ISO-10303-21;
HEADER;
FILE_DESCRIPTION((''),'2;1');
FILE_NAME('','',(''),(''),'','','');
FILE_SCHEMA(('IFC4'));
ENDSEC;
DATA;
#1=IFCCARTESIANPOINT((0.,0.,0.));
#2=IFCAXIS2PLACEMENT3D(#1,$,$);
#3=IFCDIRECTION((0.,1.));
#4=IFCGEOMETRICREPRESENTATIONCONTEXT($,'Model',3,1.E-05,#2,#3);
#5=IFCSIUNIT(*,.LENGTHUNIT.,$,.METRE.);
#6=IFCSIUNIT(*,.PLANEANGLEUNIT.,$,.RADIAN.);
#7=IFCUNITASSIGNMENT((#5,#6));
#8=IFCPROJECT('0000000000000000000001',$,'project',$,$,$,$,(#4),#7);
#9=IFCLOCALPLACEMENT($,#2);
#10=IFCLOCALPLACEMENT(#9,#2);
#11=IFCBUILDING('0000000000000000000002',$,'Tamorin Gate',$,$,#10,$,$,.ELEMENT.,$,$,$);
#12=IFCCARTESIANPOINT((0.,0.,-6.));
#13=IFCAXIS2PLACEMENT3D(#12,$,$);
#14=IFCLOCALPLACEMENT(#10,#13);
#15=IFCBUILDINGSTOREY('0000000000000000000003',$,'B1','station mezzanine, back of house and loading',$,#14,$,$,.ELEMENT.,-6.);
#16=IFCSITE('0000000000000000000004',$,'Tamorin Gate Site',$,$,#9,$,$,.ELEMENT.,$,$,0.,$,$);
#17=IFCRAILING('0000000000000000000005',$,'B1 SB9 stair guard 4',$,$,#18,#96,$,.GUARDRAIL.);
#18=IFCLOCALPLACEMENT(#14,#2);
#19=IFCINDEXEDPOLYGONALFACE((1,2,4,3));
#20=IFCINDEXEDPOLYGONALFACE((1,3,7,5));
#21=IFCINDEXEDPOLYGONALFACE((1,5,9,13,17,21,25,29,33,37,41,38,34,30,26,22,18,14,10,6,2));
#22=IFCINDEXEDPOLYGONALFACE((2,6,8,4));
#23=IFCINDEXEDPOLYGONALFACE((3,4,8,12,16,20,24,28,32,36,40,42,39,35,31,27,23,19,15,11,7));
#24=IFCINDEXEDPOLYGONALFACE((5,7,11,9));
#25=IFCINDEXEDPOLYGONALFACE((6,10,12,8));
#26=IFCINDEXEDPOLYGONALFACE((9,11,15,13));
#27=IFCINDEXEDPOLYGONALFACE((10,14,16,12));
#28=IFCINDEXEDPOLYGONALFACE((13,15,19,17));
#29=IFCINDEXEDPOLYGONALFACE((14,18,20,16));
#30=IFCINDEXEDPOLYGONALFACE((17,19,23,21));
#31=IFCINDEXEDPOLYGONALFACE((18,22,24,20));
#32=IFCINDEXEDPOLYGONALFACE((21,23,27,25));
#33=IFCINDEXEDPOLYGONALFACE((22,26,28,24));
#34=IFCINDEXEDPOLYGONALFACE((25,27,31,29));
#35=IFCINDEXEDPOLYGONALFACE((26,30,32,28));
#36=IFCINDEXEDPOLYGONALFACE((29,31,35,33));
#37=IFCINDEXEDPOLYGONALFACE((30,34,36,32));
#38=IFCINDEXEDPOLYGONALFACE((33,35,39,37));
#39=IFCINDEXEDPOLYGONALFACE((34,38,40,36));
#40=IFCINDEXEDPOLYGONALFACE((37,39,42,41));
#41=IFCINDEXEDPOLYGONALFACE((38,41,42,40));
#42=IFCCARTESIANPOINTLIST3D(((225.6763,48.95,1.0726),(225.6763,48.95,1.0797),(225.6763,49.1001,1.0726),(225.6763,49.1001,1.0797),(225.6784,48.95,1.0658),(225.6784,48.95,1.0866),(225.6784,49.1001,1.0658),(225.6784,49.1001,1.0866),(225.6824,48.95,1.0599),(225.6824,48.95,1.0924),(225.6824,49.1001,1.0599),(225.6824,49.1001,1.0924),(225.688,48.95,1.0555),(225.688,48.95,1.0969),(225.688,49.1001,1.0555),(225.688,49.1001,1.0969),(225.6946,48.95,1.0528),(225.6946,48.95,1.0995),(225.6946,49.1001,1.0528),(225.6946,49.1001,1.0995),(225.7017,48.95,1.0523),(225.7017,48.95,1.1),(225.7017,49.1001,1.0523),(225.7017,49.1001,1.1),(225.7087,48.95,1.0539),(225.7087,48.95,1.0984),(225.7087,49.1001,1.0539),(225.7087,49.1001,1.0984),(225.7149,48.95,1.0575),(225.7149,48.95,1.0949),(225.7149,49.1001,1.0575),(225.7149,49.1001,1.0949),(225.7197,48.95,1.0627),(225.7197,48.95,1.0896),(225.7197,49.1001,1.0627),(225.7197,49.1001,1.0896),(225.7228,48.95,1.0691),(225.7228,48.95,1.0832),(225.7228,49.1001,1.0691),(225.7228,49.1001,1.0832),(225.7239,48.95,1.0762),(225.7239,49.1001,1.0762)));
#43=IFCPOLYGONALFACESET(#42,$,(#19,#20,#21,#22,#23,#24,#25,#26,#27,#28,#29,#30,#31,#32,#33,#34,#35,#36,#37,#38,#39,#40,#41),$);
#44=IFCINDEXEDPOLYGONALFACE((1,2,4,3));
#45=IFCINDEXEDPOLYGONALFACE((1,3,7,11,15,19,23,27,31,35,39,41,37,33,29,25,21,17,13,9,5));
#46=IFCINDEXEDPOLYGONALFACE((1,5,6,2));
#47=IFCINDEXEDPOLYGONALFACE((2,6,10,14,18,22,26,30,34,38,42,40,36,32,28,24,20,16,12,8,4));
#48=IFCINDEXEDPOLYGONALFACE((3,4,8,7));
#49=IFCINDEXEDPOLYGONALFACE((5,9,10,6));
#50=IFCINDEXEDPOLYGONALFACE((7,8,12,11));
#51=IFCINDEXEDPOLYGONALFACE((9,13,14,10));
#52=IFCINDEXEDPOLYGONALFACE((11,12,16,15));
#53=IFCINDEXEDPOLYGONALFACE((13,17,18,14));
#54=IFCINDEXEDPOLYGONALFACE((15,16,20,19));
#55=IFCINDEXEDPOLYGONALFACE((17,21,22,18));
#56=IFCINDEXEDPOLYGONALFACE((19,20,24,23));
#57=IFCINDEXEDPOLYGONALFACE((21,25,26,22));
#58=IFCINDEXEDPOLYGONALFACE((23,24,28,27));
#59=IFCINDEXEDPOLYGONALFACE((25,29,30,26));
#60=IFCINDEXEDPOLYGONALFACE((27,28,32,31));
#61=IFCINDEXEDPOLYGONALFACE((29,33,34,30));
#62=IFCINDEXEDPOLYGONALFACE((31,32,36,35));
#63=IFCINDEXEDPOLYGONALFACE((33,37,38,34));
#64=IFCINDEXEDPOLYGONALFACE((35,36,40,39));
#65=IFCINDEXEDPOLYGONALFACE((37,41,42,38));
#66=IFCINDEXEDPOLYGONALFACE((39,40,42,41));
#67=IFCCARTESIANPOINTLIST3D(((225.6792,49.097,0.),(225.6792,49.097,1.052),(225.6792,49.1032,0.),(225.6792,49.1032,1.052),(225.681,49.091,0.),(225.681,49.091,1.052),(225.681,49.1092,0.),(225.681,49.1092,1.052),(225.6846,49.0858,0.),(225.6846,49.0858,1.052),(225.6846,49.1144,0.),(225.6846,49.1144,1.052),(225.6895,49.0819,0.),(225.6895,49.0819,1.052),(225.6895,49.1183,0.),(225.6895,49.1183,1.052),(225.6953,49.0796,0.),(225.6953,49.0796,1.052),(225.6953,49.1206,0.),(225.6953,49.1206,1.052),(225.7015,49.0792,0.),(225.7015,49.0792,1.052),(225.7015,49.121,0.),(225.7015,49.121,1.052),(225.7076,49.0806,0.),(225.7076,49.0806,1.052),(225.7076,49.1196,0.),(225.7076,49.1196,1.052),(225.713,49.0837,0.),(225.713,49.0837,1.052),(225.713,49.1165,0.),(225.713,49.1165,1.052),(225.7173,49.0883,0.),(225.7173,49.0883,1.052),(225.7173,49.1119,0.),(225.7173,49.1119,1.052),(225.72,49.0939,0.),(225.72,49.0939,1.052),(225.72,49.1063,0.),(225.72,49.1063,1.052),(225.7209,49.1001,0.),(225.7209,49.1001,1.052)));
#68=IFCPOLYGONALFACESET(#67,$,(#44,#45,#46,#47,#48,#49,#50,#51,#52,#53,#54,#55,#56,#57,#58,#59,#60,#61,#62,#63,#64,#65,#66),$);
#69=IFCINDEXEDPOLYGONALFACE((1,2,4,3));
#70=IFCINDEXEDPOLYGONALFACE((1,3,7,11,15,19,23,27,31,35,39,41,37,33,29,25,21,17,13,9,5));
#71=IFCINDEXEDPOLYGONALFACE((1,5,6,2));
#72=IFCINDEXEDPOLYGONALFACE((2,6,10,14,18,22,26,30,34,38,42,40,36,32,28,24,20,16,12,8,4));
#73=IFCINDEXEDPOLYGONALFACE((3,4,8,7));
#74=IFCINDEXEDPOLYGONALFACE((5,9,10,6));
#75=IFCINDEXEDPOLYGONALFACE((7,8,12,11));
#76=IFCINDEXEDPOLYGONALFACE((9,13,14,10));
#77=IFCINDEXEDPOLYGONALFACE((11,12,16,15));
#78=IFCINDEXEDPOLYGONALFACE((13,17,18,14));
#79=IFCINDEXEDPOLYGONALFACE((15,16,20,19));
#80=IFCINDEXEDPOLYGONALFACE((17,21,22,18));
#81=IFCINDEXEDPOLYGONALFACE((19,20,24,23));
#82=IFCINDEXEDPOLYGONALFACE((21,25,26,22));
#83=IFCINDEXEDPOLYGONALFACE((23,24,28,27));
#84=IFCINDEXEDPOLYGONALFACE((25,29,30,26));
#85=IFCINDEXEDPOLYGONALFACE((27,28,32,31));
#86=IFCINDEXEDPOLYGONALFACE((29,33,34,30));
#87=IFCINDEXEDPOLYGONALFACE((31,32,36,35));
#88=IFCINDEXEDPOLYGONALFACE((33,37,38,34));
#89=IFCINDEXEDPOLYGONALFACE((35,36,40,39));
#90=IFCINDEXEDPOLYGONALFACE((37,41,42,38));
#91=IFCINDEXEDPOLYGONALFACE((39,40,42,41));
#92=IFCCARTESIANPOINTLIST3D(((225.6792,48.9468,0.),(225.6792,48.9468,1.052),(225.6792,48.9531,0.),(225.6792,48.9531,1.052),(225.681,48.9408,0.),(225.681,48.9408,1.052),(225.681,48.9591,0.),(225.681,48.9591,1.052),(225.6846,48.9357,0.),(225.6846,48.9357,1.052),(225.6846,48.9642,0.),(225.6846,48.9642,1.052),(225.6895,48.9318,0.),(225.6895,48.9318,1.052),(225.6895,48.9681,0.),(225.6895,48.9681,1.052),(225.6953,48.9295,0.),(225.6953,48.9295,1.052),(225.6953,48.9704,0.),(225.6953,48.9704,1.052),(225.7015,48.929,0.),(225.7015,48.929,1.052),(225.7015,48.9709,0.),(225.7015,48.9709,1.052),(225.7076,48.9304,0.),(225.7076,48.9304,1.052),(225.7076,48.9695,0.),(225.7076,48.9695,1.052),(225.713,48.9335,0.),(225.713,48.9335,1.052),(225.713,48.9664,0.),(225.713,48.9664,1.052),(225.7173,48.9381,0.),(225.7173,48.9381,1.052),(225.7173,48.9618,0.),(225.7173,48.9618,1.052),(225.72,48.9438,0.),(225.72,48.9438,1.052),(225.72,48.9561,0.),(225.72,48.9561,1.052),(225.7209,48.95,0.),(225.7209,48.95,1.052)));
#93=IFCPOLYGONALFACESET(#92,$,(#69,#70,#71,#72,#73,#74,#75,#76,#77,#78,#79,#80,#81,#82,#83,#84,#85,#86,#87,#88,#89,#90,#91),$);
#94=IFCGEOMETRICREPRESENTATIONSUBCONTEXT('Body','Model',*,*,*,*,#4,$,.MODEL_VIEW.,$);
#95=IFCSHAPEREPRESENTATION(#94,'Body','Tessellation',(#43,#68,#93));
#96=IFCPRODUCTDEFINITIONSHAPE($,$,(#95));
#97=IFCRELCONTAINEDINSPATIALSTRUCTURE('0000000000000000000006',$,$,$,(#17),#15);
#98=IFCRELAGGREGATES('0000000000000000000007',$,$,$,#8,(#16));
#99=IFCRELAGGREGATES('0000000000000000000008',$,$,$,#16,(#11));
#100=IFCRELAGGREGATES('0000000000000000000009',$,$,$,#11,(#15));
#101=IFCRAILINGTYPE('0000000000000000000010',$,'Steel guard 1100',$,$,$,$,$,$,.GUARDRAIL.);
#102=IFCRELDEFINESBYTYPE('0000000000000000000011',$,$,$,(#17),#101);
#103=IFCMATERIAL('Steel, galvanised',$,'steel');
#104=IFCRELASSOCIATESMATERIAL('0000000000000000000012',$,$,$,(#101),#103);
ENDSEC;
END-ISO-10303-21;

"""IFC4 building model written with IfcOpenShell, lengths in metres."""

from ifc_helpers import new_model, si_unit, direction, frame, origin, origin_2d, place, context, subcontext, project, spatial, circle, extrude, material, type_object, element, save


model = new_model("IFC4")

# Units and contexts
model_context = context("Model", 3, precision=1e-05, world=origin(), true_north=direction((0.0, 1.0)))
body_context = subcontext(model_context, "Body", "Model", "MODEL_VIEW")
ifc_project = project(units=[si_unit("LENGTHUNIT", "METRE"), si_unit("PLANEANGLEUNIT", "RADIAN")], contexts=[model_context])

# Site, building, storey
site_placement = place(None, origin())
site = spatial("IfcSite", under=ifc_project, at=site_placement, Name="Tamorin Gate Site", CompositionType="ELEMENT", RefElevation=0.0)
building_placement = place(site_placement, origin())
building = spatial("IfcBuilding", under=site, at=building_placement, Name="Tamorin Gate", CompositionType="ELEMENT")
storey_placement = place(building_placement, frame((0.0, 0.0, -6.0)))
storey = spatial("IfcBuildingStorey", under=building, at=storey_placement, Name="B1", Description="station mezzanine, back of house and loading", CompositionType="ELEMENT", Elevation=-6.0)

# Railing
ifc_material_1 = material(Name="Steel, galvanised", Category="steel")
railing_type_1 = type_object("IfcRailingType", Name="Steel guard 1100", PredefinedType="GUARDRAIL", material=ifc_material_1)
railing_1_placement = place(storey_placement, frame((225.7, 49.1001, 0.0)))
element("IfcRailing", 1, at=railing_1_placement, inside=storey, type_object=railing_type_1, Name="B1 SB9 stair guard 4", PredefinedType="GUARDRAIL", context=body_context, shape_type="SweptSolid", body=[
    extrude(circle(Radius=0.0239, at=origin_2d()), frame((0.0, 0.0, 1.0762), z_axis=(0.0, -1.0, 0.0), x_axis=(1.0, 0.0, 0.0)), (0.0, 0.0, 1.0), 0.1501),
    extrude(circle(Radius=0.021, at=origin_2d()), origin(), (0.0, 0.0, 1.0), 1.052),
    extrude(circle(Radius=0.021, at=origin_2d()), frame((0.0, -0.1501, 0.0)), (0.0, 0.0, 1.0), 1.052),
])

save(model, "model.ifc")
